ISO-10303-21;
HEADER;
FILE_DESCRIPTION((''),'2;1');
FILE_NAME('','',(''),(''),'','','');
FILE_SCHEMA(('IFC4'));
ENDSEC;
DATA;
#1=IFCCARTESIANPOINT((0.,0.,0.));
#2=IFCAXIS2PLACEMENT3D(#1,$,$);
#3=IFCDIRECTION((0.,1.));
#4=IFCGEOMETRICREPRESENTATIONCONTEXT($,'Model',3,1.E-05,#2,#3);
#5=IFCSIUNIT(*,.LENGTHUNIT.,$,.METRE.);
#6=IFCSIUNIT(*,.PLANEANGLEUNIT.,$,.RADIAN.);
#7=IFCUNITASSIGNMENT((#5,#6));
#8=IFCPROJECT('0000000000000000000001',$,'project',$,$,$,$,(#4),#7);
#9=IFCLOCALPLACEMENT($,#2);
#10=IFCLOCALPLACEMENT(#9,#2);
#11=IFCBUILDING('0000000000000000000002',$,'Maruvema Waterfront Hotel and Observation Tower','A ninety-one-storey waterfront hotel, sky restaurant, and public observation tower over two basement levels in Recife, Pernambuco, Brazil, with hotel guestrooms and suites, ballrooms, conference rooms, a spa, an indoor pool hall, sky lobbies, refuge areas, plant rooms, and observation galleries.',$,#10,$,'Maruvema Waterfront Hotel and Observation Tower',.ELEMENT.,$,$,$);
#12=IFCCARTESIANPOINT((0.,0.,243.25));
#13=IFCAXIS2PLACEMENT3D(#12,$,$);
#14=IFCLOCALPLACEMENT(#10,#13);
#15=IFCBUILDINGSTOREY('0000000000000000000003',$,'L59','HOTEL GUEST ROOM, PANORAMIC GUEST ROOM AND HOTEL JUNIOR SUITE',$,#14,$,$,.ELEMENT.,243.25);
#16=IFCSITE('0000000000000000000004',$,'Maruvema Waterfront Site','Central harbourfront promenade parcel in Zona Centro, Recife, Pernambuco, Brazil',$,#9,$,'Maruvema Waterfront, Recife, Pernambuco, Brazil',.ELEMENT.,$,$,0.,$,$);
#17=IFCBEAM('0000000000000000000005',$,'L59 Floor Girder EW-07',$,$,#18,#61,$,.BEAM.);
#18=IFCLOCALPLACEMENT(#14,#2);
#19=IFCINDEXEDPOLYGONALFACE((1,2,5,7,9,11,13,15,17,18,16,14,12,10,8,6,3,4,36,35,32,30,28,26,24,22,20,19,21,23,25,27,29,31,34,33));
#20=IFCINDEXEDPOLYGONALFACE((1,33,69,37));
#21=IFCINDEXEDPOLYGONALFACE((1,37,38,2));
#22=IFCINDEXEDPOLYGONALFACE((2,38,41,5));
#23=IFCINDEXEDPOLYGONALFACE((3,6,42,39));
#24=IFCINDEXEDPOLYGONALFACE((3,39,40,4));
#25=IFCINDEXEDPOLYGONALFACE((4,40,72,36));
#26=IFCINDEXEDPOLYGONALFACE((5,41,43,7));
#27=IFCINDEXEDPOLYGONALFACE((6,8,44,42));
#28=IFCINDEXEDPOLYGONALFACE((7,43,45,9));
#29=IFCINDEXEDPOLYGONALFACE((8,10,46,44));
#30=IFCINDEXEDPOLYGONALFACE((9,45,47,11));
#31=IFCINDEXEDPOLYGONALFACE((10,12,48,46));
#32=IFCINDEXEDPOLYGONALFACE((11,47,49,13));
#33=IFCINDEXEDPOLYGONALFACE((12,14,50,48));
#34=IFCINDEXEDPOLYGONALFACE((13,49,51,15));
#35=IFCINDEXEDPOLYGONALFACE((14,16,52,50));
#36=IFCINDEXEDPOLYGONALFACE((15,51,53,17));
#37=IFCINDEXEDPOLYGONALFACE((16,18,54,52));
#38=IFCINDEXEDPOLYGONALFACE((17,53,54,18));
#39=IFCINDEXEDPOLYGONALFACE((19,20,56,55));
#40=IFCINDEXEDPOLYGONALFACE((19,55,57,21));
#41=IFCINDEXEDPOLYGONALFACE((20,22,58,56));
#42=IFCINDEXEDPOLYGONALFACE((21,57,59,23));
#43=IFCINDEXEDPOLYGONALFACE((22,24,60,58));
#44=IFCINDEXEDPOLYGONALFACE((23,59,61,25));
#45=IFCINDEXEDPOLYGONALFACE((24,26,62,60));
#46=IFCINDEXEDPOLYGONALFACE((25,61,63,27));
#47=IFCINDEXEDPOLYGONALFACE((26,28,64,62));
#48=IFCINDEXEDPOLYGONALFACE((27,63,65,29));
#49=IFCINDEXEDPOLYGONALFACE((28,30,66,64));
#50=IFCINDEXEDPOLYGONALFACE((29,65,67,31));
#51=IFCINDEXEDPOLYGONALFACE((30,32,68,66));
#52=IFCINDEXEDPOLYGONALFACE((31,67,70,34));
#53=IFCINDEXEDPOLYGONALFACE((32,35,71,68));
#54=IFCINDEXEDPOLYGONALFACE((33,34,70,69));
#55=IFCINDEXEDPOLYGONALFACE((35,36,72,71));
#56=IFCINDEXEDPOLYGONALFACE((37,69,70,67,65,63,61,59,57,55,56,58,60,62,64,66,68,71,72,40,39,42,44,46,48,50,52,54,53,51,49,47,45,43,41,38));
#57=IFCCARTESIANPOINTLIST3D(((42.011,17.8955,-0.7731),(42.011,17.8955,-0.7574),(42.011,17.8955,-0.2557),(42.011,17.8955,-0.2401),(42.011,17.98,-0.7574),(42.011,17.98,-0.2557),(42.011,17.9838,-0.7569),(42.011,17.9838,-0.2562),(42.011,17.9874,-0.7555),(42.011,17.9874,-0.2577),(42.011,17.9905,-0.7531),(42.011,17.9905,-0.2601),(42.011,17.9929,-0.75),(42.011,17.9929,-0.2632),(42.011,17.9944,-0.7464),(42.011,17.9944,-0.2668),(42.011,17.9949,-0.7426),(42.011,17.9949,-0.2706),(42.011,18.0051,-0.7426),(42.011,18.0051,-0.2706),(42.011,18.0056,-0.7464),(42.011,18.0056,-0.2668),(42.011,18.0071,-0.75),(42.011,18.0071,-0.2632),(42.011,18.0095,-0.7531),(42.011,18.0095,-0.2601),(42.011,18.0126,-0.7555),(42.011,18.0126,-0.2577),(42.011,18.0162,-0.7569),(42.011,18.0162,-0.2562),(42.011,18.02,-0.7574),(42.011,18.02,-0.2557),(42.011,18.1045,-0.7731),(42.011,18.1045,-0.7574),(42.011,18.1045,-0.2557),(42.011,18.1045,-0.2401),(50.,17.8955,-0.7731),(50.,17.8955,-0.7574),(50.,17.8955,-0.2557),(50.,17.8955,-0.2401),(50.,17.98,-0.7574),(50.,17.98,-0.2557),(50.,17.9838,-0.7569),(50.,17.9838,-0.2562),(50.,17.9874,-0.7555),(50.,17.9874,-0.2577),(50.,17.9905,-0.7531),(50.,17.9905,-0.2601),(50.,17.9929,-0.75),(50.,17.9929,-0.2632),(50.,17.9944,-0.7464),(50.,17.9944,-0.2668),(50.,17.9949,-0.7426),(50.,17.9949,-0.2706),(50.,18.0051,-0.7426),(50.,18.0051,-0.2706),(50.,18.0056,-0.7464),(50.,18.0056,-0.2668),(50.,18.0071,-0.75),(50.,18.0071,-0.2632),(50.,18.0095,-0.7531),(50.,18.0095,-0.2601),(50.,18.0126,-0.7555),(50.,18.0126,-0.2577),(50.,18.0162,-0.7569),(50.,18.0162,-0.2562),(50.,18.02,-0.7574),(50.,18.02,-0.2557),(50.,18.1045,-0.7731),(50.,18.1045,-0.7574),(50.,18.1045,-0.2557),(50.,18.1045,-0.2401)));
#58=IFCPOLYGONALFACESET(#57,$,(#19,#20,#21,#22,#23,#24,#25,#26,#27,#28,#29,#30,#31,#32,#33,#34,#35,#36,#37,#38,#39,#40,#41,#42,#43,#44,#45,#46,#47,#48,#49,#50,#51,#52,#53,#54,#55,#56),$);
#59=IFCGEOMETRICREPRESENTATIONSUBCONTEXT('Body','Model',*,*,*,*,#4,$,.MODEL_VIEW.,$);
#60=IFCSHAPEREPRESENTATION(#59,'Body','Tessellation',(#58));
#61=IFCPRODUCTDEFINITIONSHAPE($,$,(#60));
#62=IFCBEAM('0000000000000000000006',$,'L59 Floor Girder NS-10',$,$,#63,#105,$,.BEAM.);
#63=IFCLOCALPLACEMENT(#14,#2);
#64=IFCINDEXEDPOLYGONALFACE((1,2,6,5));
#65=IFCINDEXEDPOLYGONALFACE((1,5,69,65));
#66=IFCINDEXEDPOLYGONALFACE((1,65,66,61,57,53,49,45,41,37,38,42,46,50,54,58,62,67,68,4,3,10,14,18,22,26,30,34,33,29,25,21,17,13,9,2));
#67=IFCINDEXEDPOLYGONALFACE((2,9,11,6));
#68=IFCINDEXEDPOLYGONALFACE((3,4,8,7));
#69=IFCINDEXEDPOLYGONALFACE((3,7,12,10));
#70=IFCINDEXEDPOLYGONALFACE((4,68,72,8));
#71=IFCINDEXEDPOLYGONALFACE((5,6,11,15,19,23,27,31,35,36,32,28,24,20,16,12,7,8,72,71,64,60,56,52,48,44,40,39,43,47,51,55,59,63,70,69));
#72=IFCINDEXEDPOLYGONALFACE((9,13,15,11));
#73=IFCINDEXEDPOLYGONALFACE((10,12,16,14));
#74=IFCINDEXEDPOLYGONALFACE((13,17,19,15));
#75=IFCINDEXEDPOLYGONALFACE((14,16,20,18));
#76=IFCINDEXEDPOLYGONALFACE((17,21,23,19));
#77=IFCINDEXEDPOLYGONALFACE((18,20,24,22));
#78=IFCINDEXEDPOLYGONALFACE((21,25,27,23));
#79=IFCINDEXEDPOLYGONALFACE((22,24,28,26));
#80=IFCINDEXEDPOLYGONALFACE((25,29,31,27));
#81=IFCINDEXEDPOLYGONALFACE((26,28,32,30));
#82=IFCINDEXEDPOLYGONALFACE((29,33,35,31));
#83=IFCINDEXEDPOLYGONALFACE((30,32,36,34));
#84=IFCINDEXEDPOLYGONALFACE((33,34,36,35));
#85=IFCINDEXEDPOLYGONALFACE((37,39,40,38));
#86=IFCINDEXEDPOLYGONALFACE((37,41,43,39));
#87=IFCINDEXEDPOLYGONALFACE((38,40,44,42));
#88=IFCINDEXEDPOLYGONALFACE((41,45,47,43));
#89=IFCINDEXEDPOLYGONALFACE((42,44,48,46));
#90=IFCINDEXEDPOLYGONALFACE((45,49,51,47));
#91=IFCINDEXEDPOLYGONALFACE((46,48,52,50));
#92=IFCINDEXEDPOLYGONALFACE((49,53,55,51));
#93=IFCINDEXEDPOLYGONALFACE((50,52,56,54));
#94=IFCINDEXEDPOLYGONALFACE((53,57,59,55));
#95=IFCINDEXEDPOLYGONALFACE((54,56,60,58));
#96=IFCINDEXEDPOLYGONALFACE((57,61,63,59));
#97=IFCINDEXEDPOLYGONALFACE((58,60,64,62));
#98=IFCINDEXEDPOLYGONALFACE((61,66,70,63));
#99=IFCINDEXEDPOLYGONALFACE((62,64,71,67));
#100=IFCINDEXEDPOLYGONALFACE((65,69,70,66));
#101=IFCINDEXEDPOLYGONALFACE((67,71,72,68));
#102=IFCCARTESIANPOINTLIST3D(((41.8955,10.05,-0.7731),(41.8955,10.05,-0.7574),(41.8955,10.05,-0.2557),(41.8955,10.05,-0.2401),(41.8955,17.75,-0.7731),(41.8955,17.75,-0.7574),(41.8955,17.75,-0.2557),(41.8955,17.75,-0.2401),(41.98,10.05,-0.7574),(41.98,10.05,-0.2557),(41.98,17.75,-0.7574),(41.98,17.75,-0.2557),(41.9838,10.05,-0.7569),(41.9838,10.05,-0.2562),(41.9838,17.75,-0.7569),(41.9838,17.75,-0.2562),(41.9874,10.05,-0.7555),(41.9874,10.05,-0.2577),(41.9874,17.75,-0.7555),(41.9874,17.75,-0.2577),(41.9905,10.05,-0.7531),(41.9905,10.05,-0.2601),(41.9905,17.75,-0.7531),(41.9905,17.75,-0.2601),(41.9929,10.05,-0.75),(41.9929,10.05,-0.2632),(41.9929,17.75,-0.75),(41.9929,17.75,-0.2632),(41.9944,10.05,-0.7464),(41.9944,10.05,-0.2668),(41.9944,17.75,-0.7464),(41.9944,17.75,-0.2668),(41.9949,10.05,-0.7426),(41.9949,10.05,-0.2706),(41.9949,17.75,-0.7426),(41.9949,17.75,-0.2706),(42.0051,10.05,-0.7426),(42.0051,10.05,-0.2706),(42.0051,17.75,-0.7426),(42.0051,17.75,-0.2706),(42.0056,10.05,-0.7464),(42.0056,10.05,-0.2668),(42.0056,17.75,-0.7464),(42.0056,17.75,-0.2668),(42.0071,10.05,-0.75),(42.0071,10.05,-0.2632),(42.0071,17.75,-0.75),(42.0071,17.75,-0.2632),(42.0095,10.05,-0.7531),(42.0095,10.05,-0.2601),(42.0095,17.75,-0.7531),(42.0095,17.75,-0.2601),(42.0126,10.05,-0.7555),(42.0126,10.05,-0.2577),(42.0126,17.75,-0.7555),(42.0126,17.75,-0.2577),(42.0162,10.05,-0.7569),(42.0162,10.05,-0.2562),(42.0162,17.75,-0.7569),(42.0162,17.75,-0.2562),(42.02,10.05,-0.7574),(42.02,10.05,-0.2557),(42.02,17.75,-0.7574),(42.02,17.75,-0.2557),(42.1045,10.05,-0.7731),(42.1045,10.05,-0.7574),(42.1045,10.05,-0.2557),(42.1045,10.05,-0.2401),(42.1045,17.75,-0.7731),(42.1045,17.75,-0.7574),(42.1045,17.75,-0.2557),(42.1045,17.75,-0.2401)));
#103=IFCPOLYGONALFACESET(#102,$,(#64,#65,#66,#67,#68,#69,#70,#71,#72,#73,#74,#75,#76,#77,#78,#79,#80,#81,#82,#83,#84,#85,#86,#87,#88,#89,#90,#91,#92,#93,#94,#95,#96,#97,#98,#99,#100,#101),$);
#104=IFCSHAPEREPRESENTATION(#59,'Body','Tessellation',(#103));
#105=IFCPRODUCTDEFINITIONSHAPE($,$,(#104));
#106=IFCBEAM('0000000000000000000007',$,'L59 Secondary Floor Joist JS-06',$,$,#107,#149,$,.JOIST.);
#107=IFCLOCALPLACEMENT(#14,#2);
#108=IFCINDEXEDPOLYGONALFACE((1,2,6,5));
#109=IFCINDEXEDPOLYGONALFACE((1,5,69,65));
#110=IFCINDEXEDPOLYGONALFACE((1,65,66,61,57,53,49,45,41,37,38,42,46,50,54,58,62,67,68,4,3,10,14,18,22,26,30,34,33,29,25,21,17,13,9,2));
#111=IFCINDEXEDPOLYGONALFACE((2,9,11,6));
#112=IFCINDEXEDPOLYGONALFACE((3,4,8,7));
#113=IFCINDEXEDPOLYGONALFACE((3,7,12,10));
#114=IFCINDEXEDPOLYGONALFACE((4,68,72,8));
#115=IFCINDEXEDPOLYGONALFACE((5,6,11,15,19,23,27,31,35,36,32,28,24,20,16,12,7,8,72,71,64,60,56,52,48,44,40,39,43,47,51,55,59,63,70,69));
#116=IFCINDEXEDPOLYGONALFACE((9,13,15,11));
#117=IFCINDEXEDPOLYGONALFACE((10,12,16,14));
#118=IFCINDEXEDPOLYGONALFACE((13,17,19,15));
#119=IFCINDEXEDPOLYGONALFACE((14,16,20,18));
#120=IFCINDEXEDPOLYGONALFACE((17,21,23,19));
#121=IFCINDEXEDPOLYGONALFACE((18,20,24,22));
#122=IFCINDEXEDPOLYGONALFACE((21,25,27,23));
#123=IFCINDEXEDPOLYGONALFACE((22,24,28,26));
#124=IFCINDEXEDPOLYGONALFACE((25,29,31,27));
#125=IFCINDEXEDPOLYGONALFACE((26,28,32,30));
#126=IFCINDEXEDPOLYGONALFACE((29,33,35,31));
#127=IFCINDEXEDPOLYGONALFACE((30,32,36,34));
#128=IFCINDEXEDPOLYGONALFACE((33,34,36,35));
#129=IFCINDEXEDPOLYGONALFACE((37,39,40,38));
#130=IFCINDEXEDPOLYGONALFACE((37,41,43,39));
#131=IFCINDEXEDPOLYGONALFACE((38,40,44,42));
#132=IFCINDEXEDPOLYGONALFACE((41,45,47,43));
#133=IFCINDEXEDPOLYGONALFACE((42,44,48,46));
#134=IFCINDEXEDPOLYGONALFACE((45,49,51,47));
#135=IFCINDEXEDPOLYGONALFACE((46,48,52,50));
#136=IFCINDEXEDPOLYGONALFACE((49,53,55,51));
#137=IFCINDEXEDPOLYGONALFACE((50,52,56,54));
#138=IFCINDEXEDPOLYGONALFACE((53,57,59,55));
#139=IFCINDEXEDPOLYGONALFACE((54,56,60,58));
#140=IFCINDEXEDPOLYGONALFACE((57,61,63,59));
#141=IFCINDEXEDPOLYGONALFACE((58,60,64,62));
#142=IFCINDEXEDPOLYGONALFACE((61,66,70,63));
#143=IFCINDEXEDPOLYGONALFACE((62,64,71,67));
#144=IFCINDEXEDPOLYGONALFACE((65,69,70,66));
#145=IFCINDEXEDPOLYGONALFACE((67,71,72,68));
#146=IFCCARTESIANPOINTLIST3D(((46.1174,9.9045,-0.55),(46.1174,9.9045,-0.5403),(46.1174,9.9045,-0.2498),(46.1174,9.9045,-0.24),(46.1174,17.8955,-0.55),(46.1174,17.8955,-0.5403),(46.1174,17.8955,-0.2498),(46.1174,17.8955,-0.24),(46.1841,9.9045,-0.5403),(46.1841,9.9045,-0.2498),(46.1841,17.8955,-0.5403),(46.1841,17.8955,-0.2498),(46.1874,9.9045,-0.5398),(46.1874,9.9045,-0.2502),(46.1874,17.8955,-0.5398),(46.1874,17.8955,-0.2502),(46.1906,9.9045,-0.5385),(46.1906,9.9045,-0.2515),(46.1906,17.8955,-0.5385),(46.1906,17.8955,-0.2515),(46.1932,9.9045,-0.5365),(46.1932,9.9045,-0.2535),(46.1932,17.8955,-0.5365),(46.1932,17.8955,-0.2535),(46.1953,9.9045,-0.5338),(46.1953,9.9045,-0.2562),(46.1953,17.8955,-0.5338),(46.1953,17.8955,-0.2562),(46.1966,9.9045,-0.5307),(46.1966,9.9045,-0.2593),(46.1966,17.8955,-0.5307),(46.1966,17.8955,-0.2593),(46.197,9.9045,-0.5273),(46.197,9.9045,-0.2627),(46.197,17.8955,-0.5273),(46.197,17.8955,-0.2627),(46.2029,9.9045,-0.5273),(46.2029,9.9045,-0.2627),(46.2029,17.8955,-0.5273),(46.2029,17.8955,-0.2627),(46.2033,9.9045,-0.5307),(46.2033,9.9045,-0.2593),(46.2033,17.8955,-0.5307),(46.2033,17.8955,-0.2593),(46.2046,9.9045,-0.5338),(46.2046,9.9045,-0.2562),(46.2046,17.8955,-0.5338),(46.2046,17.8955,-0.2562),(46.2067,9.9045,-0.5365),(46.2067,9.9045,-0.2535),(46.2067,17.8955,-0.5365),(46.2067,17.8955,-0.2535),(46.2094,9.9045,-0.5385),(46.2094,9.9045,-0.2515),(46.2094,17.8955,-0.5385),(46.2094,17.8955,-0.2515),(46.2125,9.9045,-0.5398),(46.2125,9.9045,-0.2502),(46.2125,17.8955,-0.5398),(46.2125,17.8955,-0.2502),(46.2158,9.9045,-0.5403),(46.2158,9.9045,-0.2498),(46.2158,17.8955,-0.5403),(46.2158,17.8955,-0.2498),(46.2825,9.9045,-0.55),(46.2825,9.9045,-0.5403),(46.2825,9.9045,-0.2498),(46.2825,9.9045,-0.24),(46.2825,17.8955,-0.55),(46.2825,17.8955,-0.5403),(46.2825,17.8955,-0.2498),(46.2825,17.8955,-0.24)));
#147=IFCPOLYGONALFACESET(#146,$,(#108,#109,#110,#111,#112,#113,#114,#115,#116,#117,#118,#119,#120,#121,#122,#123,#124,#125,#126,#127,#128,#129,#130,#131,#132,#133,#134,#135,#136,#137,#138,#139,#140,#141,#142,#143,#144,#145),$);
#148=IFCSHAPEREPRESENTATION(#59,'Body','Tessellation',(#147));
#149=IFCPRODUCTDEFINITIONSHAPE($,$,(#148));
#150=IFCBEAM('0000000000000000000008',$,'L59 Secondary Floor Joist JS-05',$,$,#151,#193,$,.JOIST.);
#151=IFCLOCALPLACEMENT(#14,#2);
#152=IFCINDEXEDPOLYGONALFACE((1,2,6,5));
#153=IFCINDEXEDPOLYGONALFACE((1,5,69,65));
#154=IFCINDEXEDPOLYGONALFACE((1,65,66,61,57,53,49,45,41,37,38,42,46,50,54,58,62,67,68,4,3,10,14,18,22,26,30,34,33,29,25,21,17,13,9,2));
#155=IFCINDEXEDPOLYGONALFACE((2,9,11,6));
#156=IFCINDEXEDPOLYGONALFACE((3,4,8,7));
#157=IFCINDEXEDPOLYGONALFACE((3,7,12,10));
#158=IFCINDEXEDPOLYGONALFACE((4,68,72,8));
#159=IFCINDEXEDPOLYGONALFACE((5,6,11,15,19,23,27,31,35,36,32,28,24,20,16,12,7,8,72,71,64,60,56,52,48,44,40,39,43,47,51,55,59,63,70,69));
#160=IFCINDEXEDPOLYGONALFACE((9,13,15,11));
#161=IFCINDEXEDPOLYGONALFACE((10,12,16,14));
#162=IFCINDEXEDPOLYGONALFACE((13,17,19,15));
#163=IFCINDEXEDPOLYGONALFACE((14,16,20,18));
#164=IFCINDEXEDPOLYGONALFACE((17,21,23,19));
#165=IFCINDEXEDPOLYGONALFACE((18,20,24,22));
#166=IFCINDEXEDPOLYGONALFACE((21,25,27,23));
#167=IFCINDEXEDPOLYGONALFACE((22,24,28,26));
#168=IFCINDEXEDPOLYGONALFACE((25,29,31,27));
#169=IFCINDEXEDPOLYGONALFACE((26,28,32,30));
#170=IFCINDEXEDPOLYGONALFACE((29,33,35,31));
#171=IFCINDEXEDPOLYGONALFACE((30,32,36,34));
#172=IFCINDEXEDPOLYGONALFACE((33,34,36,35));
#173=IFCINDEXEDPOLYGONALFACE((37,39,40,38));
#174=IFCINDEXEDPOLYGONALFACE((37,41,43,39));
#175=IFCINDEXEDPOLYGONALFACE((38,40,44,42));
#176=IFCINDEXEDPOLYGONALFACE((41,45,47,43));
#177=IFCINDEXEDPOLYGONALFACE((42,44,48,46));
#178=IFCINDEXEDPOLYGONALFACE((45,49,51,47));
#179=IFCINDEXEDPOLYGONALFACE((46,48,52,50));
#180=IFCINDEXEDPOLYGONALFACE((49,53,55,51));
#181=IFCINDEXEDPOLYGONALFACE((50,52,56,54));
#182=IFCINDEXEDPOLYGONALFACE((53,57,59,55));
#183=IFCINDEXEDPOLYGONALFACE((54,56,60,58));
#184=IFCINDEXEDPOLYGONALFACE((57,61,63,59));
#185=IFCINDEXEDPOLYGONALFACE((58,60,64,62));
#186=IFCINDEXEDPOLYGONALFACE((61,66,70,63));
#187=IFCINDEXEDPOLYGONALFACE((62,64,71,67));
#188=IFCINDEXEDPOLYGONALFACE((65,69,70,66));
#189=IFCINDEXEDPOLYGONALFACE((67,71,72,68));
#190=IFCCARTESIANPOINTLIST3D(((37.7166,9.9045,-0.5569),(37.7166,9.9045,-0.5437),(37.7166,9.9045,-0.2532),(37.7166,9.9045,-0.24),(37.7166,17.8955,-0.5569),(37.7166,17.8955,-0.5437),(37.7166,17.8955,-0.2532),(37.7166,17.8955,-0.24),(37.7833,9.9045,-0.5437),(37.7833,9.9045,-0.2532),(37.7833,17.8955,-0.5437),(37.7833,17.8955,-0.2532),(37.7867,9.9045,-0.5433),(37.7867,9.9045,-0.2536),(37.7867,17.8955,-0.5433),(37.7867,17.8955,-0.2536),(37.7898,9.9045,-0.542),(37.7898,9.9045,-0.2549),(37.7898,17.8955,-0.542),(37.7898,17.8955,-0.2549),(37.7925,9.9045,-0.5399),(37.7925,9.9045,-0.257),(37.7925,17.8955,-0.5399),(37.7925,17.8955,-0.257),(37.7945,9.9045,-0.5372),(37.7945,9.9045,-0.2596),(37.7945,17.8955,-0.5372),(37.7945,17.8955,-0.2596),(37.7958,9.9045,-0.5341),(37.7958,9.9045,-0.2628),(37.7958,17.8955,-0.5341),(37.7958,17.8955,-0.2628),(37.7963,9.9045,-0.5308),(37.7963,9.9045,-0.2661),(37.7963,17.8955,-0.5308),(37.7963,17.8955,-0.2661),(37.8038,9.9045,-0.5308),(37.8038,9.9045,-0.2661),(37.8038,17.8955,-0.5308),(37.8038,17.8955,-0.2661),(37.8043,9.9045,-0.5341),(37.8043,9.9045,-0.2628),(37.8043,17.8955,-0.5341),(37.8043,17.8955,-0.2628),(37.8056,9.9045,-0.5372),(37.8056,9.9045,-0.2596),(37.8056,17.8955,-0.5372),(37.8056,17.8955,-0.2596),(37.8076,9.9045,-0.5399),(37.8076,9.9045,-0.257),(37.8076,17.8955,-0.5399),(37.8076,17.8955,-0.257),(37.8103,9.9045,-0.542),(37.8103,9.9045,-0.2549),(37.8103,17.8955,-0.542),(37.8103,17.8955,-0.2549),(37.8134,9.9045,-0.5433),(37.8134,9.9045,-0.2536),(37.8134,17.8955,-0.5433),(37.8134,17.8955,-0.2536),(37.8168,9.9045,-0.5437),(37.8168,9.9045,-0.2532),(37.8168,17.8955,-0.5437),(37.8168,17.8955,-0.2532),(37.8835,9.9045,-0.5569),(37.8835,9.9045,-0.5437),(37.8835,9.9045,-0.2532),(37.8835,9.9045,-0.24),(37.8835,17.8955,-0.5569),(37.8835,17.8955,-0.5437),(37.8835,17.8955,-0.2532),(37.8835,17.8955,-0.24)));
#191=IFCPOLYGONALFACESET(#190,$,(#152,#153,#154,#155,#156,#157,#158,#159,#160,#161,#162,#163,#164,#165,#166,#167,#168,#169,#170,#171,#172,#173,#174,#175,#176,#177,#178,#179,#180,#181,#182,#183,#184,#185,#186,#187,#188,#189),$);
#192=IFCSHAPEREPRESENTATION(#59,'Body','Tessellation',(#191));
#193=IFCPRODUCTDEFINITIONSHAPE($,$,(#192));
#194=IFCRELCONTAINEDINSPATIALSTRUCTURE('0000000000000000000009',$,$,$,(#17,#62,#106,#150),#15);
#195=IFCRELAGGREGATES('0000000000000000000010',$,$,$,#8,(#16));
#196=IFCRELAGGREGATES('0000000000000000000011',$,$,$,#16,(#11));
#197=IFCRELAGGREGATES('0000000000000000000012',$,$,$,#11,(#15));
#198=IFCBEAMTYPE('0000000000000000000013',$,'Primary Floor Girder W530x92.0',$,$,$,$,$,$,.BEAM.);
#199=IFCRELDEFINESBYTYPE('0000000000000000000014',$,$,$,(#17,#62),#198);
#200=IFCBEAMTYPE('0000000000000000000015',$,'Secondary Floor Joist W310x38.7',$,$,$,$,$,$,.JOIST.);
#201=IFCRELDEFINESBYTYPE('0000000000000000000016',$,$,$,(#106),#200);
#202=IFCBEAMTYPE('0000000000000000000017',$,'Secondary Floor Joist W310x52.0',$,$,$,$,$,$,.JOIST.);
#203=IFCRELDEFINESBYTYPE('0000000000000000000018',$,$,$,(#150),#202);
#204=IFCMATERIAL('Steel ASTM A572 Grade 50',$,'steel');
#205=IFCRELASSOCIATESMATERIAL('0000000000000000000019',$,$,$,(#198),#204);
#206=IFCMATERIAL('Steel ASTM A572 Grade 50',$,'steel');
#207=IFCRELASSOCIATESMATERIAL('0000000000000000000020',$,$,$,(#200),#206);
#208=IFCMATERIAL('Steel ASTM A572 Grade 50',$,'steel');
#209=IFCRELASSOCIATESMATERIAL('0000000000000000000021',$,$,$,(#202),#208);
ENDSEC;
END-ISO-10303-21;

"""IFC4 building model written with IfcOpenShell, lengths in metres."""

from ifc_helpers import new_model, si_unit, direction, frame, origin, origin_2d, place, context, subcontext, project, spatial, i_section, extrude, material, material_profile, profile_set, type_object, element, save


model = new_model("IFC4")

# Units and contexts
model_context = context("Model", 3, precision=1e-05, world=origin(), true_north=direction((0.0, 1.0)))
body_context = subcontext(model_context, "Body", "Model", "MODEL_VIEW")
ifc_project = project(units=[si_unit("LENGTHUNIT", "METRE"), si_unit("PLANEANGLEUNIT", "RADIAN")], contexts=[model_context])

# Site, building, storey
site_placement = place(None, origin())
site = spatial("IfcSite", under=ifc_project, at=site_placement, Name="Maruvema Waterfront Site", Description="Central harbourfront promenade parcel in Zona Centro, Recife, Pernambuco, Brazil", LongName="Maruvema Waterfront, Recife, Pernambuco, Brazil", CompositionType="ELEMENT", RefElevation=0.0)
building_placement = place(site_placement, origin())
building = spatial("IfcBuilding", under=site, at=building_placement, Name="Maruvema Waterfront Hotel and Observation Tower", Description="A ninety-one-storey waterfront hotel, sky restaurant, and public observation tower over two basement levels in Recife, Pernambuco, Brazil, with hotel guestrooms and suites, ballrooms, conference rooms, a spa, an indoor pool hall, sky lobbies, refuge areas, plant rooms, and observation galleries.", LongName="Maruvema Waterfront Hotel and Observation Tower", CompositionType="ELEMENT")
storey_placement = place(building_placement, frame((0.0, 0.0, 243.25)))
storey = spatial("IfcBuildingStorey", under=building, at=storey_placement, Name="L59", Description="HOTEL GUEST ROOM, PANORAMIC GUEST ROOM AND HOTEL JUNIOR SUITE", CompositionType="ELEMENT", Elevation=243.25)

# Beams
ifc_material_1 = material(Name="Steel ASTM A572 Grade 50", Category="steel")
ifc_material_profile_1 = material_profile(ifc_material_1, i_section(OverallWidth=0.209, OverallDepth=0.533, WebThickness=0.0103, FlangeThickness=0.0156, FilletRadius=0.0149, at=origin_2d()), Name="W530x92.0")
ifc_profile_set_1 = profile_set([ifc_material_profile_1], Name="Steel ASTM A572 Grade 50")
beam_type_1 = type_object("IfcBeamType", Name="Primary Floor Girder W530x92.0", PredefinedType="BEAM", material=ifc_profile_set_1)
beam_1_placement = place(storey_placement, frame((42.011, 18.0, -0.5066), z_axis=(1.0, 0.0, 0.0), x_axis=(0.0, 1.0, 0.0)))
element("IfcBeam", 1, at=beam_1_placement, inside=storey, type_object=beam_type_1, Name="L59 Floor Girder EW-07", PredefinedType="BEAM", context=body_context, shape_type="SweptSolid", body=[
    extrude(i_section(OverallWidth=0.209, OverallDepth=0.533, WebThickness=0.0103, FlangeThickness=0.0156, FilletRadius=0.0149, at=origin_2d()), origin(), (0.0, 0.0, 1.0), 7.989),
])
beam_2_placement = place(storey_placement, frame((42.0, 10.05, -0.5066), z_axis=(0.0, 1.0, 0.0), x_axis=(-1.0, 0.0, 0.0)))
element("IfcBeam", 2, at=beam_2_placement, inside=storey, type_object=beam_type_1, Name="L59 Floor Girder NS-10", PredefinedType="BEAM", context=body_context, shape_type="SweptSolid", body=[
    extrude(i_section(OverallWidth=0.209, OverallDepth=0.533, WebThickness=0.0103, FlangeThickness=0.0156, FilletRadius=0.0149, at=origin_2d()), origin(), (0.0, 0.0, 1.0), 7.7),
])
ifc_material_2 = material(Name="Steel ASTM A572 Grade 50", Category="steel")
ifc_material_profile_2 = material_profile(ifc_material_2, i_section(OverallWidth=0.165, OverallDepth=0.3101, WebThickness=0.0059, FlangeThickness=0.0098, FilletRadius=0.0129, at=origin_2d()), Name="W310x38.7")
ifc_profile_set_2 = profile_set([ifc_material_profile_2], Name="Steel ASTM A572 Grade 50")
beam_type_2 = type_object("IfcBeamType", Name="Secondary Floor Joist W310x38.7", PredefinedType="JOIST", material=ifc_profile_set_2)
beam_3_placement = place(storey_placement, frame((46.2, 9.9045, -0.395), z_axis=(0.0, 1.0, 0.0), x_axis=(-1.0, 0.0, 0.0)))
element("IfcBeam", 3, at=beam_3_placement, inside=storey, type_object=beam_type_2, Name="L59 Secondary Floor Joist JS-06", PredefinedType="JOIST", context=body_context, shape_type="SweptSolid", body=[
    extrude(i_section(OverallWidth=0.165, OverallDepth=0.3101, WebThickness=0.0059, FlangeThickness=0.0098, FilletRadius=0.0129, at=origin_2d()), origin(), (0.0, 0.0, 1.0), 7.991),
])
ifc_material_3 = material(Name="Steel ASTM A572 Grade 50", Category="steel")
ifc_material_profile_3 = material_profile(ifc_material_3, i_section(OverallWidth=0.167, OverallDepth=0.3169, WebThickness=0.0076, FlangeThickness=0.0132, FilletRadius=0.0129, at=origin_2d()), Name="W310x52.0")
ifc_profile_set_3 = profile_set([ifc_material_profile_3], Name="Steel ASTM A572 Grade 50")
beam_type_3 = type_object("IfcBeamType", Name="Secondary Floor Joist W310x52.0", PredefinedType="JOIST", material=ifc_profile_set_3)
beam_4_placement = place(storey_placement, frame((37.8, 9.9045, -0.3984), z_axis=(0.0, 1.0, 0.0), x_axis=(-1.0, 0.0, 0.0)))
element("IfcBeam", 4, at=beam_4_placement, inside=storey, type_object=beam_type_3, Name="L59 Secondary Floor Joist JS-05", PredefinedType="JOIST", context=body_context, shape_type="SweptSolid", body=[
    extrude(i_section(OverallWidth=0.167, OverallDepth=0.3169, WebThickness=0.0076, FlangeThickness=0.0132, FilletRadius=0.0129, at=origin_2d()), origin(), (0.0, 0.0, 1.0), 7.991),
])

save(model, "model.ifc")
